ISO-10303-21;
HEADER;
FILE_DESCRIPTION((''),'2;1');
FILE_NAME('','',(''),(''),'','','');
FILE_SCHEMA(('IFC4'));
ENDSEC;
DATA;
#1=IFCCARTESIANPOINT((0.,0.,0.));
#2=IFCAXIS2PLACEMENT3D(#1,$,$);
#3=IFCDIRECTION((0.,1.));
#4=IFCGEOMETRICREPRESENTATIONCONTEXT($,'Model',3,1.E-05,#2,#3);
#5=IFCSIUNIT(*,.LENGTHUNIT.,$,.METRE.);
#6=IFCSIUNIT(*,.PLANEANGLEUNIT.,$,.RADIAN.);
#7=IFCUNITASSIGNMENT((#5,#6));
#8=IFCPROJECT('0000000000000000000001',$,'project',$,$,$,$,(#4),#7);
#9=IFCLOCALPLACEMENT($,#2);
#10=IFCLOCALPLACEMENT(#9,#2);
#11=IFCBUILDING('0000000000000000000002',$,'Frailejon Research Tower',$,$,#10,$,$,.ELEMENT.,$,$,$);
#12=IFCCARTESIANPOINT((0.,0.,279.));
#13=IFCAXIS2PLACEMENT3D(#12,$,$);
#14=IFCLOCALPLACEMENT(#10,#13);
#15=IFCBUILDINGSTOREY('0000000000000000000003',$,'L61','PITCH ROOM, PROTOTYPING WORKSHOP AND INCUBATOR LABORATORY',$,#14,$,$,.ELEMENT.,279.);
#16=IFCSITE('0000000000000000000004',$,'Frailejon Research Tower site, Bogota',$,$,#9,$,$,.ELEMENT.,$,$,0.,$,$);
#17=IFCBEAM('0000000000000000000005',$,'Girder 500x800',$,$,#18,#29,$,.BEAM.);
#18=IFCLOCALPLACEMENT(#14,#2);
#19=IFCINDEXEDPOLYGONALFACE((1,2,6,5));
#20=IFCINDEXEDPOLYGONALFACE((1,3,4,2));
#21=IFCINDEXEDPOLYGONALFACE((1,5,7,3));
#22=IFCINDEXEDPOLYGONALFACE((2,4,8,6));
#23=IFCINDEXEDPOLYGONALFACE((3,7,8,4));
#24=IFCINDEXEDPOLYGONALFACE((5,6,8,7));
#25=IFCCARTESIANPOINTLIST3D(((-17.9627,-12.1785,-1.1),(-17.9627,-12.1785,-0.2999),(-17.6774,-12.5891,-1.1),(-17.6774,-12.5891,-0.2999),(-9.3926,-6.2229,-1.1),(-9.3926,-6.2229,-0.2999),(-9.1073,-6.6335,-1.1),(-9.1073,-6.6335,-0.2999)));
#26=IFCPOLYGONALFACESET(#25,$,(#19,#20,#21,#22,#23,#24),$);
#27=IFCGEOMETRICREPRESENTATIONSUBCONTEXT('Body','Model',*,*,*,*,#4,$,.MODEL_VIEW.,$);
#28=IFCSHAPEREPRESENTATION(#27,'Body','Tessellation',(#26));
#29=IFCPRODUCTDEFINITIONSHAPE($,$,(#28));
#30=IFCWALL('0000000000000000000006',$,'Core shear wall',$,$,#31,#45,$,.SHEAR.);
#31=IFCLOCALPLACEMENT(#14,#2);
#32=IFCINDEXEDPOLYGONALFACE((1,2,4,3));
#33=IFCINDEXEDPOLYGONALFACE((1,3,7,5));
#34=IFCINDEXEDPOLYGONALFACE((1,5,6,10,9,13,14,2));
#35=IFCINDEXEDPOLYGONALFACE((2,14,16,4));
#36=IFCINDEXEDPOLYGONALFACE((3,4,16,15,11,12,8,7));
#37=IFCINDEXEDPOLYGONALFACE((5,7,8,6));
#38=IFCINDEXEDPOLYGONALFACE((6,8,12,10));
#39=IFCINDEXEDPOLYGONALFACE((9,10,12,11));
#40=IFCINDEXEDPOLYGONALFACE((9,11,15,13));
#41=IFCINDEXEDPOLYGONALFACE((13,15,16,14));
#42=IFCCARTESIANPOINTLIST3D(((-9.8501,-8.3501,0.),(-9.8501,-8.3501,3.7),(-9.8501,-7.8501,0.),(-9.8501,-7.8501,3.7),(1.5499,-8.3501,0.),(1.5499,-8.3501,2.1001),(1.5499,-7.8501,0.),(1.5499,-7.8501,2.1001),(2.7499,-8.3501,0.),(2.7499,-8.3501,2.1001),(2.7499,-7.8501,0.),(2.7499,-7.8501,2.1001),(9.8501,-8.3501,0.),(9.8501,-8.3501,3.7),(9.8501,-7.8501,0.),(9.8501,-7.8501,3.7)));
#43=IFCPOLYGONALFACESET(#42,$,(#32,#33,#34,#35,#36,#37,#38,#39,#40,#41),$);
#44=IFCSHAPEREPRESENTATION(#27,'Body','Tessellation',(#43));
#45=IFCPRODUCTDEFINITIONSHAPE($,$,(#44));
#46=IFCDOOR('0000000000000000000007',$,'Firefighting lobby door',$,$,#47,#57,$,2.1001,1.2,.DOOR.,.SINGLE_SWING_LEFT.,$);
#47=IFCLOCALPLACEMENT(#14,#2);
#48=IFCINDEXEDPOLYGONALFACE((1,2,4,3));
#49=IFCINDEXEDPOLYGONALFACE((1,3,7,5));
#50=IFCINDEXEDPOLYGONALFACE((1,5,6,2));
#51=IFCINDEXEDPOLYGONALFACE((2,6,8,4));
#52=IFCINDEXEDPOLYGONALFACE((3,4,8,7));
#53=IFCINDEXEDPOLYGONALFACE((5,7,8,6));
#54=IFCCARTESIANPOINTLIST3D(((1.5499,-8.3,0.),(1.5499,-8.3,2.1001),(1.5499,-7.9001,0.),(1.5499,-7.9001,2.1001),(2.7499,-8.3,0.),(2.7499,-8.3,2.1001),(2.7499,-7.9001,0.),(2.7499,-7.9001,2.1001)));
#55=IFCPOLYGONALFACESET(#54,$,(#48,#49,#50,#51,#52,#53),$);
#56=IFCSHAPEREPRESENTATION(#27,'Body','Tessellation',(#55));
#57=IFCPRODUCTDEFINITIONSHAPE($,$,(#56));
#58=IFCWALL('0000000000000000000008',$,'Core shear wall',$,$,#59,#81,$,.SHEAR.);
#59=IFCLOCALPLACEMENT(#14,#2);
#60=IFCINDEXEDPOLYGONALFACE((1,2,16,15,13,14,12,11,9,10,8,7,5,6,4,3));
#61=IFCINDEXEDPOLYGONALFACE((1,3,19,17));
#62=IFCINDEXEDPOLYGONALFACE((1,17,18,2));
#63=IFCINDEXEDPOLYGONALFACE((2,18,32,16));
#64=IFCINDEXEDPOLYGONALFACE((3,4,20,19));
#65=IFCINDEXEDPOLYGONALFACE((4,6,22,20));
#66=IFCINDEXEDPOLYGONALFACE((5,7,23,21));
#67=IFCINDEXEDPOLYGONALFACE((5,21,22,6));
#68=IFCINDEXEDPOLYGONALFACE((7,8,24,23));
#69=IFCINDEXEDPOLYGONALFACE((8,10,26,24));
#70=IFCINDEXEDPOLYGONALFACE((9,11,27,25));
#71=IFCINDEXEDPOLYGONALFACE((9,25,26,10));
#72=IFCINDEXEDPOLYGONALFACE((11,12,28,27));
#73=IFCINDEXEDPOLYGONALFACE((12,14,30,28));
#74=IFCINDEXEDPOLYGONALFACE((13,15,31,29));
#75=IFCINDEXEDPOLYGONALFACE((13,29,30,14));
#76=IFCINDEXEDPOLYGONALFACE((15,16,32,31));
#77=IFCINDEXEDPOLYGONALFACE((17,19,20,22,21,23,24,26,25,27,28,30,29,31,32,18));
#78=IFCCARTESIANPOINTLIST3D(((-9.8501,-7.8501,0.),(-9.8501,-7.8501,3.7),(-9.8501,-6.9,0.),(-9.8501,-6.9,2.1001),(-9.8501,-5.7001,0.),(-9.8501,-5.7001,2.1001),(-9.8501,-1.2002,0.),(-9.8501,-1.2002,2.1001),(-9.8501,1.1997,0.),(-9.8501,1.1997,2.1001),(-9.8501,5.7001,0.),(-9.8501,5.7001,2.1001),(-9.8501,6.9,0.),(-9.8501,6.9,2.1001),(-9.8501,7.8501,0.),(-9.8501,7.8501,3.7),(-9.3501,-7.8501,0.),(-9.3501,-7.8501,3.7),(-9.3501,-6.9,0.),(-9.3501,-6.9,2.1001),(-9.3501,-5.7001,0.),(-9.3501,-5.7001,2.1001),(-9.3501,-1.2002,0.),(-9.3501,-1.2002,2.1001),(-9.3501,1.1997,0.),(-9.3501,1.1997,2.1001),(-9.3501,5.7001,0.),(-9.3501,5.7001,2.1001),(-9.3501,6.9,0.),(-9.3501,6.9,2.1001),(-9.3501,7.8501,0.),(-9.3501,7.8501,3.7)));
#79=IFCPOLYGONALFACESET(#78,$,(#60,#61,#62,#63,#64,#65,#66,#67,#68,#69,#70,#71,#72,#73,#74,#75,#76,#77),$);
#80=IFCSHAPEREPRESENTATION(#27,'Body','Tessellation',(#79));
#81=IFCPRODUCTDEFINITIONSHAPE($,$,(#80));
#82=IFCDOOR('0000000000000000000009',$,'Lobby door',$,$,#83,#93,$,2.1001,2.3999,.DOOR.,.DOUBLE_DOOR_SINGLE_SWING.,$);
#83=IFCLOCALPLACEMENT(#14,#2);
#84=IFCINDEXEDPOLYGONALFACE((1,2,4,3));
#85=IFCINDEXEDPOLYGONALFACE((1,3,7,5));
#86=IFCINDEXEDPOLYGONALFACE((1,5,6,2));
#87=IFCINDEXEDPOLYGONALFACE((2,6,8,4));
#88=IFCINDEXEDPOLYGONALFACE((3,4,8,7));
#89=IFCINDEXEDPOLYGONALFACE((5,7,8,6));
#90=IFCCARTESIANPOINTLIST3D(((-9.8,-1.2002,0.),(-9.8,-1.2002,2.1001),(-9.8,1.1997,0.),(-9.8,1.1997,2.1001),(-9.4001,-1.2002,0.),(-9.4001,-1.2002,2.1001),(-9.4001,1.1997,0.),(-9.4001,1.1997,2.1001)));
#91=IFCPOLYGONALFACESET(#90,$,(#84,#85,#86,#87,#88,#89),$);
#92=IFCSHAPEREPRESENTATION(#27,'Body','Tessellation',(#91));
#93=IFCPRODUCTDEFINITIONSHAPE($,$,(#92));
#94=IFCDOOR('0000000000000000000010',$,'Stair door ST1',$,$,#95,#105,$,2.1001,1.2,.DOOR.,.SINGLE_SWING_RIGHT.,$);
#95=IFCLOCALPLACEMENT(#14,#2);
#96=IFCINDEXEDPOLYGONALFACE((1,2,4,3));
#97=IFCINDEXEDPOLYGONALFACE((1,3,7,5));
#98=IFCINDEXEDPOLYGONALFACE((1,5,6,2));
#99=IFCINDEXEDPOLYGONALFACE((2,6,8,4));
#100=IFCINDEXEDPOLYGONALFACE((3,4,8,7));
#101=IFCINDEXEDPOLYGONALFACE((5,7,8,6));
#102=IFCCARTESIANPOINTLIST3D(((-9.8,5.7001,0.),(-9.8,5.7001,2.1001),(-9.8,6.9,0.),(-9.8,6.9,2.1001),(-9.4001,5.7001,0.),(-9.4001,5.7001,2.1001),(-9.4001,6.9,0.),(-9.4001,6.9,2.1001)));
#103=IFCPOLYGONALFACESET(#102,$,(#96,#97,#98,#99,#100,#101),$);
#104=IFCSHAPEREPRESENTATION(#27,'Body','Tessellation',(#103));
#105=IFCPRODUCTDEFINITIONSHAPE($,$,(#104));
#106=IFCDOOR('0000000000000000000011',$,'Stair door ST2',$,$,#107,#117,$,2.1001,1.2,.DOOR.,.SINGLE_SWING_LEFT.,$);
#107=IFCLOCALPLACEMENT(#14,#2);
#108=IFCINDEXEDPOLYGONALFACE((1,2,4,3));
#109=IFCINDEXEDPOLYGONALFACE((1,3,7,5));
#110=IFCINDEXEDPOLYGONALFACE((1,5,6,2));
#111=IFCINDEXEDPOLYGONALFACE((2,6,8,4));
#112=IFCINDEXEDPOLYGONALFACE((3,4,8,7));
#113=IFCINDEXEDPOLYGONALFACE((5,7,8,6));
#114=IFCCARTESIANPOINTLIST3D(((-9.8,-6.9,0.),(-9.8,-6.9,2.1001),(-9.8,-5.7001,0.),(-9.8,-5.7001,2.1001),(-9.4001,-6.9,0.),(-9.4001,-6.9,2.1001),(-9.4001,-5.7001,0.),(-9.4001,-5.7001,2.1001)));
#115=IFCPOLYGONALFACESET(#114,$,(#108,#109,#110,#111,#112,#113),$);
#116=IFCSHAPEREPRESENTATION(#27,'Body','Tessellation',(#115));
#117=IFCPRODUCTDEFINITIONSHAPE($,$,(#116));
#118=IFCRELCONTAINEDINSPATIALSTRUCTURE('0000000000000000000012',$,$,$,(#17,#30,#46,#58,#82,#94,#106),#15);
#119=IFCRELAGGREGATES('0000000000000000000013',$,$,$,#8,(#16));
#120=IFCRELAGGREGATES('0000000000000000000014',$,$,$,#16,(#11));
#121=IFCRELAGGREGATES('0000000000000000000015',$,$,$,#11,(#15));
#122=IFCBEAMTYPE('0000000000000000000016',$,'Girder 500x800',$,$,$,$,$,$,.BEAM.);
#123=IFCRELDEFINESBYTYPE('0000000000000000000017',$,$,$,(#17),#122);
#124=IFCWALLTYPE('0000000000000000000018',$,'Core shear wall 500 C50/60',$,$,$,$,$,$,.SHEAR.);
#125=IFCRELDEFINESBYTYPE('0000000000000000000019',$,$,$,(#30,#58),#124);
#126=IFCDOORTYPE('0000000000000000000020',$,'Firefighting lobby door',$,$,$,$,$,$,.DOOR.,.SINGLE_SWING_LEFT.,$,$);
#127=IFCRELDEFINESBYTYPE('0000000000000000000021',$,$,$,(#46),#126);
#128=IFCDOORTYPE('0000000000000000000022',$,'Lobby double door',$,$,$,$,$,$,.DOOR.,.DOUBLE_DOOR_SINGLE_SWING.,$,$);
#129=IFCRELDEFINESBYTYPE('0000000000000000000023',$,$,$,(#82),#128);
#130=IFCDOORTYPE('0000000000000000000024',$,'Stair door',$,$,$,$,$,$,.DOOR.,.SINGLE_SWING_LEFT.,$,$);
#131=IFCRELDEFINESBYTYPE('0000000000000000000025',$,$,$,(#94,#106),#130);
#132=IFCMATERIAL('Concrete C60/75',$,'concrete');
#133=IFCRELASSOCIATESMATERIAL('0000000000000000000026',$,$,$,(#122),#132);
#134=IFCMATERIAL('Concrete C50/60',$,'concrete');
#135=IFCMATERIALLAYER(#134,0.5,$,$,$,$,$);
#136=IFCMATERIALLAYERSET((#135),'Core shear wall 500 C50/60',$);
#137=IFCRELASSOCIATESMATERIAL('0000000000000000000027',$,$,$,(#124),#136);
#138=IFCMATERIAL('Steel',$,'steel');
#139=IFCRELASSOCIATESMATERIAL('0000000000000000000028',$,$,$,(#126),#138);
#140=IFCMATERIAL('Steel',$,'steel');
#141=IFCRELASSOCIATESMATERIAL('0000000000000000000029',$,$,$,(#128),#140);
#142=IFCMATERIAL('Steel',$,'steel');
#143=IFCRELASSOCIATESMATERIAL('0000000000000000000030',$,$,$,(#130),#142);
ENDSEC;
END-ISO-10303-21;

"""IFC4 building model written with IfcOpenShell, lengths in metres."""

from ifc_helpers import new_model, si_unit, direction, frame, frame_2d, origin, origin_2d, place, context, subcontext, project, spatial, rectangle, extrude, material, layer, layer_set, material_profile, profile_set, type_object, element, fill, save


model = new_model("IFC4")

# Units and contexts
model_context = context("Model", 3, precision=1e-05, world=origin(), true_north=direction((0.0, 1.0)))
body_context = subcontext(model_context, "Body", "Model", "MODEL_VIEW")
ifc_project = project(units=[si_unit("LENGTHUNIT", "METRE"), si_unit("PLANEANGLEUNIT", "RADIAN")], contexts=[model_context])

# Site, building, storey
site_placement = place(None, origin())
site = spatial("IfcSite", under=ifc_project, at=site_placement, Name="Frailejon Research Tower site, Bogota", CompositionType="ELEMENT", RefElevation=0.0)
building_placement = place(site_placement, origin())
building = spatial("IfcBuilding", under=site, at=building_placement, Name="Frailejon Research Tower", CompositionType="ELEMENT")
storey_placement = place(building_placement, frame((0.0, 0.0, 279.0)))
storey = spatial("IfcBuildingStorey", under=building, at=storey_placement, Name="L61", Description="PITCH ROOM, PROTOTYPING WORKSHOP AND INCUBATOR LABORATORY", CompositionType="ELEMENT", Elevation=279.0)

# Beam
ifc_material_1 = material(Name="Concrete C60/75", Category="concrete")
ifc_material_profile = material_profile(ifc_material_1, rectangle(XDim=0.5, YDim=0.8, at=origin_2d()), Name="Girder 500x800")
ifc_profile_set = profile_set([ifc_material_profile], Name="Concrete C60/75")
beam_type = type_object("IfcBeamType", Name="Girder 500x800", PredefinedType="BEAM", material=ifc_profile_set)
beam_placement = place(storey_placement, frame((-17.8201, -12.3838, -0.7), z_axis=(0.821185, 0.570663, 0.0), x_axis=(-0.570663, 0.821185, 0.0)))
element("IfcBeam", 1, at=beam_placement, inside=storey, type_object=beam_type, Name="Girder 500x800", PredefinedType="BEAM", context=body_context, shape_type="SweptSolid", body=[
    extrude(rectangle(XDim=0.5, YDim=0.8, at=origin_2d()), origin(), (0.0, 0.0, 1.0), 10.4363),
])

# Wall, opening, door
ifc_material_2 = material(Name="Concrete C50/60", Category="concrete")
ifc_layer_1 = layer(ifc_material_2, 0.5)
ifc_layer_set_1 = layer_set([ifc_layer_1], Name="Core shear wall 500 C50/60")
wall_type_1 = type_object("IfcWallType", Name="Core shear wall 500 C50/60", PredefinedType="SHEAR", material=ifc_layer_set_1)
wall_1_placement = place(storey_placement, frame((-9.8501, -8.1001, 0.0), z_axis=(0.0, 0.0, 1.0), x_axis=(1.0, 0.0, 0.0)))
wall_1 = element("IfcWall", 2, at=wall_1_placement, inside=storey, type_object=wall_type_1, Name="Core shear wall", PredefinedType="SHEAR", context=body_context, shape_type="SweptSolid", body=[
    extrude(rectangle(XDim=19.7002, YDim=0.5, at=frame_2d((9.8501, 0.0))), origin(), (0.0, 0.0, 1.0), 3.7),
])
opening_1_placement = place(wall_1_placement, frame((11.3999, 0.0, 0.0)))
opening_1 = element("IfcOpeningElement", 3, at=opening_1_placement, cuts=wall_1, PredefinedType="OPENING", context=body_context, shape_type="SweptSolid", body=[
    extrude(rectangle(XDim=1.2, YDim=2.1001, at=frame_2d((0.6001, 1.05))), frame((0.0, 0.26, 0.0), z_axis=(0.0, -1.0, 0.0), x_axis=(1.0, 0.0, 0.0)), (0.0, 0.0, 1.0), 0.52),
])
ifc_material_3 = material(Name="Steel", Category="steel")
door_type_1 = type_object("IfcDoorType", Name="Firefighting lobby door", OperationType="SINGLE_SWING_LEFT", PredefinedType="DOOR", material=ifc_material_3)
door_1_placement = place(opening_1_placement, origin())
door_1 = element("IfcDoor", 4, at=door_1_placement, inside=storey, type_object=door_type_1, Name="Firefighting lobby door", OperationType="SINGLE_SWING_LEFT", OverallHeight=2.1001, OverallWidth=1.2, PredefinedType="DOOR", context=body_context, shape_type="SweptSolid", body=[
    extrude(rectangle(XDim=1.2, YDim=2.1001, at=frame_2d((0.6001, 1.05))), frame((0.0, 0.2, 0.0), z_axis=(0.0, -1.0, 0.0), x_axis=(1.0, 0.0, 0.0)), (0.0, 0.0, 1.0), 0.3999),
])
fill(opening_1, door_1)

# Wall, openings, doors
wall_2_placement = place(storey_placement, frame((-9.6001, -7.8501, 0.0), z_axis=(0.0, 0.0, 1.0), x_axis=(0.0, 1.0, 0.0)))
wall_2 = element("IfcWall", 5, at=wall_2_placement, inside=storey, type_object=wall_type_1, Name="Core shear wall", PredefinedType="SHEAR", context=body_context, shape_type="SweptSolid", body=[
    extrude(rectangle(XDim=15.7002, YDim=0.5, at=frame_2d((7.8501, 0.0))), origin(), (0.0, 0.0, 1.0), 3.7),
])
opening_2_placement = place(wall_2_placement, frame((6.6499, 0.0, 0.0)))
opening_2 = element("IfcOpeningElement", 6, at=opening_2_placement, cuts=wall_2, PredefinedType="OPENING", context=body_context, shape_type="SweptSolid", body=[
    extrude(rectangle(XDim=2.3999, YDim=2.1001, at=frame_2d((1.2, 1.05))), frame((0.0, 0.26, 0.0), z_axis=(0.0, -1.0, 0.0), x_axis=(1.0, 0.0, 0.0)), (0.0, 0.0, 1.0), 0.52),
])
opening_3_placement = place(wall_2_placement, frame((13.55, 0.0, 0.0)))
opening_3 = element("IfcOpeningElement", 7, at=opening_3_placement, cuts=wall_2, PredefinedType="OPENING", context=body_context, shape_type="SweptSolid", body=[
    extrude(rectangle(XDim=1.2, YDim=2.1001, at=frame_2d((0.6001, 1.05))), frame((0.0, 0.26, 0.0), z_axis=(0.0, -1.0, 0.0), x_axis=(1.0, 0.0, 0.0)), (0.0, 0.0, 1.0), 0.52),
])
opening_4_placement = place(wall_2_placement, frame((0.95, 0.0, 0.0)))
opening_4 = element("IfcOpeningElement", 8, at=opening_4_placement, cuts=wall_2, PredefinedType="OPENING", context=body_context, shape_type="SweptSolid", body=[
    extrude(rectangle(XDim=1.2, YDim=2.1001, at=frame_2d((0.6001, 1.05))), frame((0.0, 0.26, 0.0), z_axis=(0.0, -1.0, 0.0), x_axis=(1.0, 0.0, 0.0)), (0.0, 0.0, 1.0), 0.52),
])
ifc_material_4 = material(Name="Steel", Category="steel")
door_type_2 = type_object("IfcDoorType", Name="Lobby double door", OperationType="DOUBLE_DOOR_SINGLE_SWING", PredefinedType="DOOR", material=ifc_material_4)
door_2_placement = place(opening_2_placement, origin())
door_2 = element("IfcDoor", 9, at=door_2_placement, inside=storey, type_object=door_type_2, Name="Lobby door", OperationType="DOUBLE_DOOR_SINGLE_SWING", OverallHeight=2.1001, OverallWidth=2.3999, PredefinedType="DOOR", context=body_context, shape_type="SweptSolid", body=[
    extrude(rectangle(XDim=2.3999, YDim=2.1001, at=frame_2d((1.2, 1.05))), frame((0.0, 0.2, 0.0), z_axis=(0.0, -1.0, 0.0), x_axis=(1.0, 0.0, 0.0)), (0.0, 0.0, 1.0), 0.3999),
])
fill(opening_2, door_2)
ifc_material_5 = material(Name="Steel", Category="steel")
door_type_3 = type_object("IfcDoorType", Name="Stair door", OperationType="SINGLE_SWING_LEFT", PredefinedType="DOOR", material=ifc_material_5)
door_3_placement = place(opening_3_placement, origin())
door_3 = element("IfcDoor", 10, at=door_3_placement, inside=storey, type_object=door_type_3, Name="Stair door ST1", OperationType="SINGLE_SWING_RIGHT", OverallHeight=2.1001, OverallWidth=1.2, PredefinedType="DOOR", context=body_context, shape_type="SweptSolid", body=[
    extrude(rectangle(XDim=1.2, YDim=2.1001, at=frame_2d((0.6001, 1.05))), frame((0.0, 0.2, 0.0), z_axis=(0.0, -1.0, 0.0), x_axis=(1.0, 0.0, 0.0)), (0.0, 0.0, 1.0), 0.3999),
])
fill(opening_3, door_3)
door_4_placement = place(opening_4_placement, origin())
door_4 = element("IfcDoor", 11, at=door_4_placement, inside=storey, type_object=door_type_3, Name="Stair door ST2", OperationType="SINGLE_SWING_LEFT", OverallHeight=2.1001, OverallWidth=1.2, PredefinedType="DOOR", context=body_context, shape_type="SweptSolid", body=[
    extrude(rectangle(XDim=1.2, YDim=2.1001, at=frame_2d((0.6001, 1.05))), frame((0.0, 0.2, 0.0), z_axis=(0.0, -1.0, 0.0), x_axis=(1.0, 0.0, 0.0)), (0.0, 0.0, 1.0), 0.3999),
])
fill(opening_4, door_4)

save(model, "model.ifc")
